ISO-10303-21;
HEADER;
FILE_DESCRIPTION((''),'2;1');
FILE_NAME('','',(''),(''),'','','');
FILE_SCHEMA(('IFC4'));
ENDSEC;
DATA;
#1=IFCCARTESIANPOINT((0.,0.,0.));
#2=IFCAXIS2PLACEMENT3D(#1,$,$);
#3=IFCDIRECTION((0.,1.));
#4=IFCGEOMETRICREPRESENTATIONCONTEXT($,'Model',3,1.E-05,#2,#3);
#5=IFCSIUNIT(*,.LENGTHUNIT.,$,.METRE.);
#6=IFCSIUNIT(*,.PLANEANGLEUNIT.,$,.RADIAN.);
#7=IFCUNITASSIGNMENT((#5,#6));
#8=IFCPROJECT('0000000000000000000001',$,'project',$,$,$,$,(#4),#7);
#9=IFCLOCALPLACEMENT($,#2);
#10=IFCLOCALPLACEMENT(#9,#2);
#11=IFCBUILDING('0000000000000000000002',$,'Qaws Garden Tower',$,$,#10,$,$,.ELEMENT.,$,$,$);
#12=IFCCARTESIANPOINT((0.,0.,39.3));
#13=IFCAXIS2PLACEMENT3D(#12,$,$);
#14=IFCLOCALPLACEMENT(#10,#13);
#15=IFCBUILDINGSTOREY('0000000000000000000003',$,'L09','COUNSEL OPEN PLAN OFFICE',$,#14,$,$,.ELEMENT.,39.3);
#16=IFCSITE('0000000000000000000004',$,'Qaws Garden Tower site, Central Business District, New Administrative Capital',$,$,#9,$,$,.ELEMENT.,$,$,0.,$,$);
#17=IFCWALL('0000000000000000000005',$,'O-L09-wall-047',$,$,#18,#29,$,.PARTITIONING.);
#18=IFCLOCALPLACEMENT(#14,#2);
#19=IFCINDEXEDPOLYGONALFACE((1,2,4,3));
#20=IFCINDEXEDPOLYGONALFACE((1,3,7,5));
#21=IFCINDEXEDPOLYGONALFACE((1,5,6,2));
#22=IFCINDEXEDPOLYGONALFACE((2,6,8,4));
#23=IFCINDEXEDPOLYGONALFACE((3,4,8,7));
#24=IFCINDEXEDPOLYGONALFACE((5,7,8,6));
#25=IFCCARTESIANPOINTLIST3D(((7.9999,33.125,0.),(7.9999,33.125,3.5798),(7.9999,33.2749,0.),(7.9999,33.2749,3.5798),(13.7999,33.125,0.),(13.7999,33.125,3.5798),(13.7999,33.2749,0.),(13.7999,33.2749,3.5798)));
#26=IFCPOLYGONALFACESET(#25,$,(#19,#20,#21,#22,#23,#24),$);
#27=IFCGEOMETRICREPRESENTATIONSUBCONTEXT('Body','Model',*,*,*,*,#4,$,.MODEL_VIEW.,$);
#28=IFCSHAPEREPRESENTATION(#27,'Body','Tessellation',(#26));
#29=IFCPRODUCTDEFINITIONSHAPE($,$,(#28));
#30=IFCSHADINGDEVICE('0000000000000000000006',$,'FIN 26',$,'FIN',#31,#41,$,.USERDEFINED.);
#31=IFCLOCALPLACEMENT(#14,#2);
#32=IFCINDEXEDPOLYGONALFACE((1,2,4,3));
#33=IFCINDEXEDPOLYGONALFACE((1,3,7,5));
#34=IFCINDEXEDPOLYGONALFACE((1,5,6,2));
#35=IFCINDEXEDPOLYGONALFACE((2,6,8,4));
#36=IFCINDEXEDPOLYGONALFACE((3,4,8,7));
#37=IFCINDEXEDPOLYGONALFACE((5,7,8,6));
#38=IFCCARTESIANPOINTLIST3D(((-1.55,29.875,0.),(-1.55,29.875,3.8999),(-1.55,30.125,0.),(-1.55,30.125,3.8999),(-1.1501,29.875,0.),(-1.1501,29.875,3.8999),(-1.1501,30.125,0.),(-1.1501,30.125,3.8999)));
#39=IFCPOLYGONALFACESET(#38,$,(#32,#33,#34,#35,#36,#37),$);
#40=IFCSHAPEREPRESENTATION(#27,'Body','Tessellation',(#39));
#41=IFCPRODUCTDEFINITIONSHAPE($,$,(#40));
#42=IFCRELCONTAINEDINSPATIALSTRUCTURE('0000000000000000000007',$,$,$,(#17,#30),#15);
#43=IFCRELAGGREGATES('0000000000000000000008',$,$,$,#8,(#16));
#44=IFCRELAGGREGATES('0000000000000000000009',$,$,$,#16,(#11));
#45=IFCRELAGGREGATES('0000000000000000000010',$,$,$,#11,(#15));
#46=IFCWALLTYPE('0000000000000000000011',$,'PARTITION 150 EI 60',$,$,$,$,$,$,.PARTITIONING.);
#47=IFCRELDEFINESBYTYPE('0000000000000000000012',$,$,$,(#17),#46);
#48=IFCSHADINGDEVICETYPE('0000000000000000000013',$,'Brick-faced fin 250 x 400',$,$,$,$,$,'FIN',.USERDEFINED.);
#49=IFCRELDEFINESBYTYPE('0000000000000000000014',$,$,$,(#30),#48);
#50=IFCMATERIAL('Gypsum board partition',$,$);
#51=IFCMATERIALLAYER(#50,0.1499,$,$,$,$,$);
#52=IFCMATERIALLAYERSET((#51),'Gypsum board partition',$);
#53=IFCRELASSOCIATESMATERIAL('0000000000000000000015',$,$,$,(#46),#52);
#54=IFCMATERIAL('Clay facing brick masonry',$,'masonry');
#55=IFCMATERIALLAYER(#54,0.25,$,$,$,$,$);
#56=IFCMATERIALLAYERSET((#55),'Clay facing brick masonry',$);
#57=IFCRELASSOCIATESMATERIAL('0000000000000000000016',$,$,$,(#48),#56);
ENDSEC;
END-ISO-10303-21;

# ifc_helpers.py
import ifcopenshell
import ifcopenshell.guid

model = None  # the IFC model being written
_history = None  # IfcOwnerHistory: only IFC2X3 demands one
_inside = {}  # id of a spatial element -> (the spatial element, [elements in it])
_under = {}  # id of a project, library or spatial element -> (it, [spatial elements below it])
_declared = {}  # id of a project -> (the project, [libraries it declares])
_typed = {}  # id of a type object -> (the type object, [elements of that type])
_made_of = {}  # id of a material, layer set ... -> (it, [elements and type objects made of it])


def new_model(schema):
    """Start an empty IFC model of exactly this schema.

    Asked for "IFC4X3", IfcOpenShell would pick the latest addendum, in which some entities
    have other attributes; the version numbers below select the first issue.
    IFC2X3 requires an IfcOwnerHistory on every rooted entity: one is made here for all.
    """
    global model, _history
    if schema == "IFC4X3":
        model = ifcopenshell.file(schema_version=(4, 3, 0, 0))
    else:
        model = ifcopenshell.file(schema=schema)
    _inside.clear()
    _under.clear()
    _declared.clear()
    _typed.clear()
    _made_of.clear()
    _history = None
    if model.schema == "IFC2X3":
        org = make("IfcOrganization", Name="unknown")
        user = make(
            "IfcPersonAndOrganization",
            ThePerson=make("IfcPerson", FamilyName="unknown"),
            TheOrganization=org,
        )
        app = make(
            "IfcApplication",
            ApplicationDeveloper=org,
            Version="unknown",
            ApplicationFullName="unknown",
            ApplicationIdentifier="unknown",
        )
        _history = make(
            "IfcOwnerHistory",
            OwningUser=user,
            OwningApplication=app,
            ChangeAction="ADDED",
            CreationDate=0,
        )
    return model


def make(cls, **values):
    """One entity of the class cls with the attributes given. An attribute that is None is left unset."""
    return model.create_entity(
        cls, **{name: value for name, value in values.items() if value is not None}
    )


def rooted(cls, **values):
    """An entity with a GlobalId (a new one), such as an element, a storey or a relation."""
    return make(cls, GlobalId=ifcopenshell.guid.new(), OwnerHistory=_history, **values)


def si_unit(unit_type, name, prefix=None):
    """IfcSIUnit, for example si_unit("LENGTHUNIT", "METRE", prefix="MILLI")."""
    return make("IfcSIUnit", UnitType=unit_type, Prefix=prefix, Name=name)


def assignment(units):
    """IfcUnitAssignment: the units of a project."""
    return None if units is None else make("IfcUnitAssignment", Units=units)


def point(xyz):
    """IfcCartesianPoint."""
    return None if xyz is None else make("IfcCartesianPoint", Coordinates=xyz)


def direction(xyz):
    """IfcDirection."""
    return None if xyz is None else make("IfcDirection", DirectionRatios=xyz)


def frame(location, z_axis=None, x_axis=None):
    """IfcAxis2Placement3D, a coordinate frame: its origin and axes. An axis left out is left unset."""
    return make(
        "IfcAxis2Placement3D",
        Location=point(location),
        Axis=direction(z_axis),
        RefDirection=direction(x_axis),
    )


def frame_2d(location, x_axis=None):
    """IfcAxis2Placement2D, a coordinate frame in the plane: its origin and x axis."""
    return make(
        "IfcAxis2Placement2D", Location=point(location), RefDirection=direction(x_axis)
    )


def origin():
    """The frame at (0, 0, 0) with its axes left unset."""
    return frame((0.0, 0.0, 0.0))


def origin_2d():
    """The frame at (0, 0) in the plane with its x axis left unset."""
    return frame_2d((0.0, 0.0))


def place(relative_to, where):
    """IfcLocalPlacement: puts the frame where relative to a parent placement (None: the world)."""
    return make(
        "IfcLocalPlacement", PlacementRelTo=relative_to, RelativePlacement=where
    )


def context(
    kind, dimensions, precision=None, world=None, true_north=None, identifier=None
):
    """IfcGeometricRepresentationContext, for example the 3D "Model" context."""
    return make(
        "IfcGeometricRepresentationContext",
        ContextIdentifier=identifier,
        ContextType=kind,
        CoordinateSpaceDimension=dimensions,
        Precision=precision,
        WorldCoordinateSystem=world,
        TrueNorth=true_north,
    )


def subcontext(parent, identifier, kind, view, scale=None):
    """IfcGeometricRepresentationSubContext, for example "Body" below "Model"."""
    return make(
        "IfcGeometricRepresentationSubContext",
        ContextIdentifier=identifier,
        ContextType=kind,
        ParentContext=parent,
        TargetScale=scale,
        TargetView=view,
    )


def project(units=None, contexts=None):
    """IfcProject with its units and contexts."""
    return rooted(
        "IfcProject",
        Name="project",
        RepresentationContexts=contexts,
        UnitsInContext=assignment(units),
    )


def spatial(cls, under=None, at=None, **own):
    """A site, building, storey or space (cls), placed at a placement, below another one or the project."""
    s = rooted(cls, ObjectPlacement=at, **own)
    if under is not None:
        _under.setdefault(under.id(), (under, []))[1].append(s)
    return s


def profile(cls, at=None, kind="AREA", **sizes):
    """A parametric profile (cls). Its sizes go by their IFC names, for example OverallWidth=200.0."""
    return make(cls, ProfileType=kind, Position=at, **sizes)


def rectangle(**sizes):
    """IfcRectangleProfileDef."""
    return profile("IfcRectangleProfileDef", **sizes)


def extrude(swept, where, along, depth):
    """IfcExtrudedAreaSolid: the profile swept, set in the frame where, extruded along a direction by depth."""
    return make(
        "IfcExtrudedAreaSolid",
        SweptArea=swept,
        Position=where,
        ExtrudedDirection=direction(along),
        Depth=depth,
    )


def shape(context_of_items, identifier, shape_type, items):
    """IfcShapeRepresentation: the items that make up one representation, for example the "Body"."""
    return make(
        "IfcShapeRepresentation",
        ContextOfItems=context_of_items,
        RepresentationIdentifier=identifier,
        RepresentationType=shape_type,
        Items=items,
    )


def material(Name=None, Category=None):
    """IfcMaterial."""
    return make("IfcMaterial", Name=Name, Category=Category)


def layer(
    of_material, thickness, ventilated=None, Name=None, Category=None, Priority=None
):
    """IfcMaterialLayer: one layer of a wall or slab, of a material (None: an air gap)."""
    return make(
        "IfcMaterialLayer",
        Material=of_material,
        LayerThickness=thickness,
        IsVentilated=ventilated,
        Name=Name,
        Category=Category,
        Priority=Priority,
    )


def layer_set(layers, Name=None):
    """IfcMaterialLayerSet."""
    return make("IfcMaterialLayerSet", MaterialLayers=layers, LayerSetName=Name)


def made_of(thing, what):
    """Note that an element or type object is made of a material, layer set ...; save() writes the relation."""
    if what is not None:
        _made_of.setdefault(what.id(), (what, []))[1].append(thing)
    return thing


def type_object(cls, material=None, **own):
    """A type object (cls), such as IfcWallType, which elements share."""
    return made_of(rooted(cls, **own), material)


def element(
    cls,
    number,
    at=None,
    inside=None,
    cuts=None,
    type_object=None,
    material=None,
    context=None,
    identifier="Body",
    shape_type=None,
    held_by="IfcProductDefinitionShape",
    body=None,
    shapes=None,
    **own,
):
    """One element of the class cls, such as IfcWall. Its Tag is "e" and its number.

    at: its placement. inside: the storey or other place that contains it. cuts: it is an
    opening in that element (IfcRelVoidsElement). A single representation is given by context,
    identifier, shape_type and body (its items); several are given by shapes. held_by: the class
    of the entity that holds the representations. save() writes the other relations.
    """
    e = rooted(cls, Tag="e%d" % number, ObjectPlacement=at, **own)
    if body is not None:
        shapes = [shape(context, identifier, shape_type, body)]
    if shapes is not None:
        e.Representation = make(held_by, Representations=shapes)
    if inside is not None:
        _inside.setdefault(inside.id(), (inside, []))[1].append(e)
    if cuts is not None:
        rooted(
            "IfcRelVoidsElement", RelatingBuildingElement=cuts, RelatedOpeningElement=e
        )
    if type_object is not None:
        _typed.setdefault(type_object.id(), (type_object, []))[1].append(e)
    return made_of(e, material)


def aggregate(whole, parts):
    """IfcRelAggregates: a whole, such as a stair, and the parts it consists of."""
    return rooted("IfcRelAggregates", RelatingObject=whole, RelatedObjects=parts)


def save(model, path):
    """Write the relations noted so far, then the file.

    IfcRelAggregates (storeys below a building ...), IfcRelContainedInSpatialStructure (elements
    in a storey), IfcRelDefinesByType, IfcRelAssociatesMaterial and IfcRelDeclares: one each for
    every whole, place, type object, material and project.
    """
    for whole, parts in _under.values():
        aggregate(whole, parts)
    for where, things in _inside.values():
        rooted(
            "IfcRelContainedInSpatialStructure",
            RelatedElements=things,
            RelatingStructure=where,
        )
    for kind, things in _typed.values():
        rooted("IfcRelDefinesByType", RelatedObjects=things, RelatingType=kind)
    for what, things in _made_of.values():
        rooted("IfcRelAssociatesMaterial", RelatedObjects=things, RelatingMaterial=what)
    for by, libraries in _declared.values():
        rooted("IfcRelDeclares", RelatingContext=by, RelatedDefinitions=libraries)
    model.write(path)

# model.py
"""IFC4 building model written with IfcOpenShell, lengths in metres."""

from ifc_helpers import new_model, si_unit, direction, frame, frame_2d, origin, origin_2d, place, context, subcontext, project, spatial, rectangle, extrude, material, layer, layer_set, type_object, element, save


model = new_model("IFC4")

# Units and contexts
model_context = context("Model", 3, precision=1e-05, world=origin(), true_north=direction((0.0, 1.0)))
body_context = subcontext(model_context, "Body", "Model", "MODEL_VIEW")
ifc_project = project(units=[si_unit("LENGTHUNIT", "METRE"), si_unit("PLANEANGLEUNIT", "RADIAN")], contexts=[model_context])

# Site, building, storey
site_placement = place(None, origin())
site = spatial("IfcSite", under=ifc_project, at=site_placement, Name="Qaws Garden Tower site, Central Business District, New Administrative Capital", CompositionType="ELEMENT", RefElevation=0.0)
building_placement = place(site_placement, origin())
building = spatial("IfcBuilding", under=site, at=building_placement, Name="Qaws Garden Tower", CompositionType="ELEMENT")
storey_placement = place(building_placement, frame((0.0, 0.0, 39.3)))
storey = spatial("IfcBuildingStorey", under=building, at=storey_placement, Name="L09", Description="COUNSEL OPEN PLAN OFFICE", CompositionType="ELEMENT", Elevation=39.3)

# Shared definitions
ifc_material_1 = material(Name="Gypsum board partition")
ifc_layer_1 = layer(ifc_material_1, 0.1499)
ifc_layer_set_1 = layer_set([ifc_layer_1], Name="Gypsum board partition")
wall_type_1 = type_object("IfcWallType", Name="PARTITION 150 EI 60", PredefinedType="PARTITIONING", material=ifc_layer_set_1)

# Wall
wall_1_placement = place(storey_placement, frame((8.0, 33.2, 0.0), z_axis=(0.0, 0.0, 1.0), x_axis=(1.0, 0.0, 0.0)))
element("IfcWall", 1, at=wall_1_placement, inside=storey, type_object=wall_type_1, Name="O-L09-wall-047", PredefinedType="PARTITIONING", context=body_context, shape_type="SweptSolid", body=[
    extrude(rectangle(XDim=5.8, YDim=0.1499, at=frame_2d((2.8999, 0.0))), origin(), (0.0, 0.0, 1.0), 3.5798),
])

# Shading device
ifc_material_2 = material(Name="Clay facing brick masonry", Category="masonry")
ifc_layer_2 = layer(ifc_material_2, 0.25)
ifc_layer_set_2 = layer_set([ifc_layer_2], Name="Clay facing brick masonry")
shading_device_type = type_object("IfcShadingDeviceType", Name="Brick-faced fin 250 x 400", ElementType="FIN", PredefinedType="USERDEFINED", material=ifc_layer_set_2)
shading_device_placement = place(storey_placement, frame((-1.3501, 30.0, 0.0), z_axis=(0.0, 0.0, 1.0), x_axis=(0.0, -1.0, 0.0)))
element("IfcShadingDevice", 2, at=shading_device_placement, inside=storey, type_object=shading_device_type, Name="FIN 26", ObjectType="FIN", PredefinedType="USERDEFINED", context=body_context, shape_type="SweptSolid", body=[
    extrude(rectangle(XDim=0.25, YDim=0.3999, at=origin_2d()), origin(), (0.0, 0.0, 1.0), 3.8999),
])

save(model, "model.ifc")
